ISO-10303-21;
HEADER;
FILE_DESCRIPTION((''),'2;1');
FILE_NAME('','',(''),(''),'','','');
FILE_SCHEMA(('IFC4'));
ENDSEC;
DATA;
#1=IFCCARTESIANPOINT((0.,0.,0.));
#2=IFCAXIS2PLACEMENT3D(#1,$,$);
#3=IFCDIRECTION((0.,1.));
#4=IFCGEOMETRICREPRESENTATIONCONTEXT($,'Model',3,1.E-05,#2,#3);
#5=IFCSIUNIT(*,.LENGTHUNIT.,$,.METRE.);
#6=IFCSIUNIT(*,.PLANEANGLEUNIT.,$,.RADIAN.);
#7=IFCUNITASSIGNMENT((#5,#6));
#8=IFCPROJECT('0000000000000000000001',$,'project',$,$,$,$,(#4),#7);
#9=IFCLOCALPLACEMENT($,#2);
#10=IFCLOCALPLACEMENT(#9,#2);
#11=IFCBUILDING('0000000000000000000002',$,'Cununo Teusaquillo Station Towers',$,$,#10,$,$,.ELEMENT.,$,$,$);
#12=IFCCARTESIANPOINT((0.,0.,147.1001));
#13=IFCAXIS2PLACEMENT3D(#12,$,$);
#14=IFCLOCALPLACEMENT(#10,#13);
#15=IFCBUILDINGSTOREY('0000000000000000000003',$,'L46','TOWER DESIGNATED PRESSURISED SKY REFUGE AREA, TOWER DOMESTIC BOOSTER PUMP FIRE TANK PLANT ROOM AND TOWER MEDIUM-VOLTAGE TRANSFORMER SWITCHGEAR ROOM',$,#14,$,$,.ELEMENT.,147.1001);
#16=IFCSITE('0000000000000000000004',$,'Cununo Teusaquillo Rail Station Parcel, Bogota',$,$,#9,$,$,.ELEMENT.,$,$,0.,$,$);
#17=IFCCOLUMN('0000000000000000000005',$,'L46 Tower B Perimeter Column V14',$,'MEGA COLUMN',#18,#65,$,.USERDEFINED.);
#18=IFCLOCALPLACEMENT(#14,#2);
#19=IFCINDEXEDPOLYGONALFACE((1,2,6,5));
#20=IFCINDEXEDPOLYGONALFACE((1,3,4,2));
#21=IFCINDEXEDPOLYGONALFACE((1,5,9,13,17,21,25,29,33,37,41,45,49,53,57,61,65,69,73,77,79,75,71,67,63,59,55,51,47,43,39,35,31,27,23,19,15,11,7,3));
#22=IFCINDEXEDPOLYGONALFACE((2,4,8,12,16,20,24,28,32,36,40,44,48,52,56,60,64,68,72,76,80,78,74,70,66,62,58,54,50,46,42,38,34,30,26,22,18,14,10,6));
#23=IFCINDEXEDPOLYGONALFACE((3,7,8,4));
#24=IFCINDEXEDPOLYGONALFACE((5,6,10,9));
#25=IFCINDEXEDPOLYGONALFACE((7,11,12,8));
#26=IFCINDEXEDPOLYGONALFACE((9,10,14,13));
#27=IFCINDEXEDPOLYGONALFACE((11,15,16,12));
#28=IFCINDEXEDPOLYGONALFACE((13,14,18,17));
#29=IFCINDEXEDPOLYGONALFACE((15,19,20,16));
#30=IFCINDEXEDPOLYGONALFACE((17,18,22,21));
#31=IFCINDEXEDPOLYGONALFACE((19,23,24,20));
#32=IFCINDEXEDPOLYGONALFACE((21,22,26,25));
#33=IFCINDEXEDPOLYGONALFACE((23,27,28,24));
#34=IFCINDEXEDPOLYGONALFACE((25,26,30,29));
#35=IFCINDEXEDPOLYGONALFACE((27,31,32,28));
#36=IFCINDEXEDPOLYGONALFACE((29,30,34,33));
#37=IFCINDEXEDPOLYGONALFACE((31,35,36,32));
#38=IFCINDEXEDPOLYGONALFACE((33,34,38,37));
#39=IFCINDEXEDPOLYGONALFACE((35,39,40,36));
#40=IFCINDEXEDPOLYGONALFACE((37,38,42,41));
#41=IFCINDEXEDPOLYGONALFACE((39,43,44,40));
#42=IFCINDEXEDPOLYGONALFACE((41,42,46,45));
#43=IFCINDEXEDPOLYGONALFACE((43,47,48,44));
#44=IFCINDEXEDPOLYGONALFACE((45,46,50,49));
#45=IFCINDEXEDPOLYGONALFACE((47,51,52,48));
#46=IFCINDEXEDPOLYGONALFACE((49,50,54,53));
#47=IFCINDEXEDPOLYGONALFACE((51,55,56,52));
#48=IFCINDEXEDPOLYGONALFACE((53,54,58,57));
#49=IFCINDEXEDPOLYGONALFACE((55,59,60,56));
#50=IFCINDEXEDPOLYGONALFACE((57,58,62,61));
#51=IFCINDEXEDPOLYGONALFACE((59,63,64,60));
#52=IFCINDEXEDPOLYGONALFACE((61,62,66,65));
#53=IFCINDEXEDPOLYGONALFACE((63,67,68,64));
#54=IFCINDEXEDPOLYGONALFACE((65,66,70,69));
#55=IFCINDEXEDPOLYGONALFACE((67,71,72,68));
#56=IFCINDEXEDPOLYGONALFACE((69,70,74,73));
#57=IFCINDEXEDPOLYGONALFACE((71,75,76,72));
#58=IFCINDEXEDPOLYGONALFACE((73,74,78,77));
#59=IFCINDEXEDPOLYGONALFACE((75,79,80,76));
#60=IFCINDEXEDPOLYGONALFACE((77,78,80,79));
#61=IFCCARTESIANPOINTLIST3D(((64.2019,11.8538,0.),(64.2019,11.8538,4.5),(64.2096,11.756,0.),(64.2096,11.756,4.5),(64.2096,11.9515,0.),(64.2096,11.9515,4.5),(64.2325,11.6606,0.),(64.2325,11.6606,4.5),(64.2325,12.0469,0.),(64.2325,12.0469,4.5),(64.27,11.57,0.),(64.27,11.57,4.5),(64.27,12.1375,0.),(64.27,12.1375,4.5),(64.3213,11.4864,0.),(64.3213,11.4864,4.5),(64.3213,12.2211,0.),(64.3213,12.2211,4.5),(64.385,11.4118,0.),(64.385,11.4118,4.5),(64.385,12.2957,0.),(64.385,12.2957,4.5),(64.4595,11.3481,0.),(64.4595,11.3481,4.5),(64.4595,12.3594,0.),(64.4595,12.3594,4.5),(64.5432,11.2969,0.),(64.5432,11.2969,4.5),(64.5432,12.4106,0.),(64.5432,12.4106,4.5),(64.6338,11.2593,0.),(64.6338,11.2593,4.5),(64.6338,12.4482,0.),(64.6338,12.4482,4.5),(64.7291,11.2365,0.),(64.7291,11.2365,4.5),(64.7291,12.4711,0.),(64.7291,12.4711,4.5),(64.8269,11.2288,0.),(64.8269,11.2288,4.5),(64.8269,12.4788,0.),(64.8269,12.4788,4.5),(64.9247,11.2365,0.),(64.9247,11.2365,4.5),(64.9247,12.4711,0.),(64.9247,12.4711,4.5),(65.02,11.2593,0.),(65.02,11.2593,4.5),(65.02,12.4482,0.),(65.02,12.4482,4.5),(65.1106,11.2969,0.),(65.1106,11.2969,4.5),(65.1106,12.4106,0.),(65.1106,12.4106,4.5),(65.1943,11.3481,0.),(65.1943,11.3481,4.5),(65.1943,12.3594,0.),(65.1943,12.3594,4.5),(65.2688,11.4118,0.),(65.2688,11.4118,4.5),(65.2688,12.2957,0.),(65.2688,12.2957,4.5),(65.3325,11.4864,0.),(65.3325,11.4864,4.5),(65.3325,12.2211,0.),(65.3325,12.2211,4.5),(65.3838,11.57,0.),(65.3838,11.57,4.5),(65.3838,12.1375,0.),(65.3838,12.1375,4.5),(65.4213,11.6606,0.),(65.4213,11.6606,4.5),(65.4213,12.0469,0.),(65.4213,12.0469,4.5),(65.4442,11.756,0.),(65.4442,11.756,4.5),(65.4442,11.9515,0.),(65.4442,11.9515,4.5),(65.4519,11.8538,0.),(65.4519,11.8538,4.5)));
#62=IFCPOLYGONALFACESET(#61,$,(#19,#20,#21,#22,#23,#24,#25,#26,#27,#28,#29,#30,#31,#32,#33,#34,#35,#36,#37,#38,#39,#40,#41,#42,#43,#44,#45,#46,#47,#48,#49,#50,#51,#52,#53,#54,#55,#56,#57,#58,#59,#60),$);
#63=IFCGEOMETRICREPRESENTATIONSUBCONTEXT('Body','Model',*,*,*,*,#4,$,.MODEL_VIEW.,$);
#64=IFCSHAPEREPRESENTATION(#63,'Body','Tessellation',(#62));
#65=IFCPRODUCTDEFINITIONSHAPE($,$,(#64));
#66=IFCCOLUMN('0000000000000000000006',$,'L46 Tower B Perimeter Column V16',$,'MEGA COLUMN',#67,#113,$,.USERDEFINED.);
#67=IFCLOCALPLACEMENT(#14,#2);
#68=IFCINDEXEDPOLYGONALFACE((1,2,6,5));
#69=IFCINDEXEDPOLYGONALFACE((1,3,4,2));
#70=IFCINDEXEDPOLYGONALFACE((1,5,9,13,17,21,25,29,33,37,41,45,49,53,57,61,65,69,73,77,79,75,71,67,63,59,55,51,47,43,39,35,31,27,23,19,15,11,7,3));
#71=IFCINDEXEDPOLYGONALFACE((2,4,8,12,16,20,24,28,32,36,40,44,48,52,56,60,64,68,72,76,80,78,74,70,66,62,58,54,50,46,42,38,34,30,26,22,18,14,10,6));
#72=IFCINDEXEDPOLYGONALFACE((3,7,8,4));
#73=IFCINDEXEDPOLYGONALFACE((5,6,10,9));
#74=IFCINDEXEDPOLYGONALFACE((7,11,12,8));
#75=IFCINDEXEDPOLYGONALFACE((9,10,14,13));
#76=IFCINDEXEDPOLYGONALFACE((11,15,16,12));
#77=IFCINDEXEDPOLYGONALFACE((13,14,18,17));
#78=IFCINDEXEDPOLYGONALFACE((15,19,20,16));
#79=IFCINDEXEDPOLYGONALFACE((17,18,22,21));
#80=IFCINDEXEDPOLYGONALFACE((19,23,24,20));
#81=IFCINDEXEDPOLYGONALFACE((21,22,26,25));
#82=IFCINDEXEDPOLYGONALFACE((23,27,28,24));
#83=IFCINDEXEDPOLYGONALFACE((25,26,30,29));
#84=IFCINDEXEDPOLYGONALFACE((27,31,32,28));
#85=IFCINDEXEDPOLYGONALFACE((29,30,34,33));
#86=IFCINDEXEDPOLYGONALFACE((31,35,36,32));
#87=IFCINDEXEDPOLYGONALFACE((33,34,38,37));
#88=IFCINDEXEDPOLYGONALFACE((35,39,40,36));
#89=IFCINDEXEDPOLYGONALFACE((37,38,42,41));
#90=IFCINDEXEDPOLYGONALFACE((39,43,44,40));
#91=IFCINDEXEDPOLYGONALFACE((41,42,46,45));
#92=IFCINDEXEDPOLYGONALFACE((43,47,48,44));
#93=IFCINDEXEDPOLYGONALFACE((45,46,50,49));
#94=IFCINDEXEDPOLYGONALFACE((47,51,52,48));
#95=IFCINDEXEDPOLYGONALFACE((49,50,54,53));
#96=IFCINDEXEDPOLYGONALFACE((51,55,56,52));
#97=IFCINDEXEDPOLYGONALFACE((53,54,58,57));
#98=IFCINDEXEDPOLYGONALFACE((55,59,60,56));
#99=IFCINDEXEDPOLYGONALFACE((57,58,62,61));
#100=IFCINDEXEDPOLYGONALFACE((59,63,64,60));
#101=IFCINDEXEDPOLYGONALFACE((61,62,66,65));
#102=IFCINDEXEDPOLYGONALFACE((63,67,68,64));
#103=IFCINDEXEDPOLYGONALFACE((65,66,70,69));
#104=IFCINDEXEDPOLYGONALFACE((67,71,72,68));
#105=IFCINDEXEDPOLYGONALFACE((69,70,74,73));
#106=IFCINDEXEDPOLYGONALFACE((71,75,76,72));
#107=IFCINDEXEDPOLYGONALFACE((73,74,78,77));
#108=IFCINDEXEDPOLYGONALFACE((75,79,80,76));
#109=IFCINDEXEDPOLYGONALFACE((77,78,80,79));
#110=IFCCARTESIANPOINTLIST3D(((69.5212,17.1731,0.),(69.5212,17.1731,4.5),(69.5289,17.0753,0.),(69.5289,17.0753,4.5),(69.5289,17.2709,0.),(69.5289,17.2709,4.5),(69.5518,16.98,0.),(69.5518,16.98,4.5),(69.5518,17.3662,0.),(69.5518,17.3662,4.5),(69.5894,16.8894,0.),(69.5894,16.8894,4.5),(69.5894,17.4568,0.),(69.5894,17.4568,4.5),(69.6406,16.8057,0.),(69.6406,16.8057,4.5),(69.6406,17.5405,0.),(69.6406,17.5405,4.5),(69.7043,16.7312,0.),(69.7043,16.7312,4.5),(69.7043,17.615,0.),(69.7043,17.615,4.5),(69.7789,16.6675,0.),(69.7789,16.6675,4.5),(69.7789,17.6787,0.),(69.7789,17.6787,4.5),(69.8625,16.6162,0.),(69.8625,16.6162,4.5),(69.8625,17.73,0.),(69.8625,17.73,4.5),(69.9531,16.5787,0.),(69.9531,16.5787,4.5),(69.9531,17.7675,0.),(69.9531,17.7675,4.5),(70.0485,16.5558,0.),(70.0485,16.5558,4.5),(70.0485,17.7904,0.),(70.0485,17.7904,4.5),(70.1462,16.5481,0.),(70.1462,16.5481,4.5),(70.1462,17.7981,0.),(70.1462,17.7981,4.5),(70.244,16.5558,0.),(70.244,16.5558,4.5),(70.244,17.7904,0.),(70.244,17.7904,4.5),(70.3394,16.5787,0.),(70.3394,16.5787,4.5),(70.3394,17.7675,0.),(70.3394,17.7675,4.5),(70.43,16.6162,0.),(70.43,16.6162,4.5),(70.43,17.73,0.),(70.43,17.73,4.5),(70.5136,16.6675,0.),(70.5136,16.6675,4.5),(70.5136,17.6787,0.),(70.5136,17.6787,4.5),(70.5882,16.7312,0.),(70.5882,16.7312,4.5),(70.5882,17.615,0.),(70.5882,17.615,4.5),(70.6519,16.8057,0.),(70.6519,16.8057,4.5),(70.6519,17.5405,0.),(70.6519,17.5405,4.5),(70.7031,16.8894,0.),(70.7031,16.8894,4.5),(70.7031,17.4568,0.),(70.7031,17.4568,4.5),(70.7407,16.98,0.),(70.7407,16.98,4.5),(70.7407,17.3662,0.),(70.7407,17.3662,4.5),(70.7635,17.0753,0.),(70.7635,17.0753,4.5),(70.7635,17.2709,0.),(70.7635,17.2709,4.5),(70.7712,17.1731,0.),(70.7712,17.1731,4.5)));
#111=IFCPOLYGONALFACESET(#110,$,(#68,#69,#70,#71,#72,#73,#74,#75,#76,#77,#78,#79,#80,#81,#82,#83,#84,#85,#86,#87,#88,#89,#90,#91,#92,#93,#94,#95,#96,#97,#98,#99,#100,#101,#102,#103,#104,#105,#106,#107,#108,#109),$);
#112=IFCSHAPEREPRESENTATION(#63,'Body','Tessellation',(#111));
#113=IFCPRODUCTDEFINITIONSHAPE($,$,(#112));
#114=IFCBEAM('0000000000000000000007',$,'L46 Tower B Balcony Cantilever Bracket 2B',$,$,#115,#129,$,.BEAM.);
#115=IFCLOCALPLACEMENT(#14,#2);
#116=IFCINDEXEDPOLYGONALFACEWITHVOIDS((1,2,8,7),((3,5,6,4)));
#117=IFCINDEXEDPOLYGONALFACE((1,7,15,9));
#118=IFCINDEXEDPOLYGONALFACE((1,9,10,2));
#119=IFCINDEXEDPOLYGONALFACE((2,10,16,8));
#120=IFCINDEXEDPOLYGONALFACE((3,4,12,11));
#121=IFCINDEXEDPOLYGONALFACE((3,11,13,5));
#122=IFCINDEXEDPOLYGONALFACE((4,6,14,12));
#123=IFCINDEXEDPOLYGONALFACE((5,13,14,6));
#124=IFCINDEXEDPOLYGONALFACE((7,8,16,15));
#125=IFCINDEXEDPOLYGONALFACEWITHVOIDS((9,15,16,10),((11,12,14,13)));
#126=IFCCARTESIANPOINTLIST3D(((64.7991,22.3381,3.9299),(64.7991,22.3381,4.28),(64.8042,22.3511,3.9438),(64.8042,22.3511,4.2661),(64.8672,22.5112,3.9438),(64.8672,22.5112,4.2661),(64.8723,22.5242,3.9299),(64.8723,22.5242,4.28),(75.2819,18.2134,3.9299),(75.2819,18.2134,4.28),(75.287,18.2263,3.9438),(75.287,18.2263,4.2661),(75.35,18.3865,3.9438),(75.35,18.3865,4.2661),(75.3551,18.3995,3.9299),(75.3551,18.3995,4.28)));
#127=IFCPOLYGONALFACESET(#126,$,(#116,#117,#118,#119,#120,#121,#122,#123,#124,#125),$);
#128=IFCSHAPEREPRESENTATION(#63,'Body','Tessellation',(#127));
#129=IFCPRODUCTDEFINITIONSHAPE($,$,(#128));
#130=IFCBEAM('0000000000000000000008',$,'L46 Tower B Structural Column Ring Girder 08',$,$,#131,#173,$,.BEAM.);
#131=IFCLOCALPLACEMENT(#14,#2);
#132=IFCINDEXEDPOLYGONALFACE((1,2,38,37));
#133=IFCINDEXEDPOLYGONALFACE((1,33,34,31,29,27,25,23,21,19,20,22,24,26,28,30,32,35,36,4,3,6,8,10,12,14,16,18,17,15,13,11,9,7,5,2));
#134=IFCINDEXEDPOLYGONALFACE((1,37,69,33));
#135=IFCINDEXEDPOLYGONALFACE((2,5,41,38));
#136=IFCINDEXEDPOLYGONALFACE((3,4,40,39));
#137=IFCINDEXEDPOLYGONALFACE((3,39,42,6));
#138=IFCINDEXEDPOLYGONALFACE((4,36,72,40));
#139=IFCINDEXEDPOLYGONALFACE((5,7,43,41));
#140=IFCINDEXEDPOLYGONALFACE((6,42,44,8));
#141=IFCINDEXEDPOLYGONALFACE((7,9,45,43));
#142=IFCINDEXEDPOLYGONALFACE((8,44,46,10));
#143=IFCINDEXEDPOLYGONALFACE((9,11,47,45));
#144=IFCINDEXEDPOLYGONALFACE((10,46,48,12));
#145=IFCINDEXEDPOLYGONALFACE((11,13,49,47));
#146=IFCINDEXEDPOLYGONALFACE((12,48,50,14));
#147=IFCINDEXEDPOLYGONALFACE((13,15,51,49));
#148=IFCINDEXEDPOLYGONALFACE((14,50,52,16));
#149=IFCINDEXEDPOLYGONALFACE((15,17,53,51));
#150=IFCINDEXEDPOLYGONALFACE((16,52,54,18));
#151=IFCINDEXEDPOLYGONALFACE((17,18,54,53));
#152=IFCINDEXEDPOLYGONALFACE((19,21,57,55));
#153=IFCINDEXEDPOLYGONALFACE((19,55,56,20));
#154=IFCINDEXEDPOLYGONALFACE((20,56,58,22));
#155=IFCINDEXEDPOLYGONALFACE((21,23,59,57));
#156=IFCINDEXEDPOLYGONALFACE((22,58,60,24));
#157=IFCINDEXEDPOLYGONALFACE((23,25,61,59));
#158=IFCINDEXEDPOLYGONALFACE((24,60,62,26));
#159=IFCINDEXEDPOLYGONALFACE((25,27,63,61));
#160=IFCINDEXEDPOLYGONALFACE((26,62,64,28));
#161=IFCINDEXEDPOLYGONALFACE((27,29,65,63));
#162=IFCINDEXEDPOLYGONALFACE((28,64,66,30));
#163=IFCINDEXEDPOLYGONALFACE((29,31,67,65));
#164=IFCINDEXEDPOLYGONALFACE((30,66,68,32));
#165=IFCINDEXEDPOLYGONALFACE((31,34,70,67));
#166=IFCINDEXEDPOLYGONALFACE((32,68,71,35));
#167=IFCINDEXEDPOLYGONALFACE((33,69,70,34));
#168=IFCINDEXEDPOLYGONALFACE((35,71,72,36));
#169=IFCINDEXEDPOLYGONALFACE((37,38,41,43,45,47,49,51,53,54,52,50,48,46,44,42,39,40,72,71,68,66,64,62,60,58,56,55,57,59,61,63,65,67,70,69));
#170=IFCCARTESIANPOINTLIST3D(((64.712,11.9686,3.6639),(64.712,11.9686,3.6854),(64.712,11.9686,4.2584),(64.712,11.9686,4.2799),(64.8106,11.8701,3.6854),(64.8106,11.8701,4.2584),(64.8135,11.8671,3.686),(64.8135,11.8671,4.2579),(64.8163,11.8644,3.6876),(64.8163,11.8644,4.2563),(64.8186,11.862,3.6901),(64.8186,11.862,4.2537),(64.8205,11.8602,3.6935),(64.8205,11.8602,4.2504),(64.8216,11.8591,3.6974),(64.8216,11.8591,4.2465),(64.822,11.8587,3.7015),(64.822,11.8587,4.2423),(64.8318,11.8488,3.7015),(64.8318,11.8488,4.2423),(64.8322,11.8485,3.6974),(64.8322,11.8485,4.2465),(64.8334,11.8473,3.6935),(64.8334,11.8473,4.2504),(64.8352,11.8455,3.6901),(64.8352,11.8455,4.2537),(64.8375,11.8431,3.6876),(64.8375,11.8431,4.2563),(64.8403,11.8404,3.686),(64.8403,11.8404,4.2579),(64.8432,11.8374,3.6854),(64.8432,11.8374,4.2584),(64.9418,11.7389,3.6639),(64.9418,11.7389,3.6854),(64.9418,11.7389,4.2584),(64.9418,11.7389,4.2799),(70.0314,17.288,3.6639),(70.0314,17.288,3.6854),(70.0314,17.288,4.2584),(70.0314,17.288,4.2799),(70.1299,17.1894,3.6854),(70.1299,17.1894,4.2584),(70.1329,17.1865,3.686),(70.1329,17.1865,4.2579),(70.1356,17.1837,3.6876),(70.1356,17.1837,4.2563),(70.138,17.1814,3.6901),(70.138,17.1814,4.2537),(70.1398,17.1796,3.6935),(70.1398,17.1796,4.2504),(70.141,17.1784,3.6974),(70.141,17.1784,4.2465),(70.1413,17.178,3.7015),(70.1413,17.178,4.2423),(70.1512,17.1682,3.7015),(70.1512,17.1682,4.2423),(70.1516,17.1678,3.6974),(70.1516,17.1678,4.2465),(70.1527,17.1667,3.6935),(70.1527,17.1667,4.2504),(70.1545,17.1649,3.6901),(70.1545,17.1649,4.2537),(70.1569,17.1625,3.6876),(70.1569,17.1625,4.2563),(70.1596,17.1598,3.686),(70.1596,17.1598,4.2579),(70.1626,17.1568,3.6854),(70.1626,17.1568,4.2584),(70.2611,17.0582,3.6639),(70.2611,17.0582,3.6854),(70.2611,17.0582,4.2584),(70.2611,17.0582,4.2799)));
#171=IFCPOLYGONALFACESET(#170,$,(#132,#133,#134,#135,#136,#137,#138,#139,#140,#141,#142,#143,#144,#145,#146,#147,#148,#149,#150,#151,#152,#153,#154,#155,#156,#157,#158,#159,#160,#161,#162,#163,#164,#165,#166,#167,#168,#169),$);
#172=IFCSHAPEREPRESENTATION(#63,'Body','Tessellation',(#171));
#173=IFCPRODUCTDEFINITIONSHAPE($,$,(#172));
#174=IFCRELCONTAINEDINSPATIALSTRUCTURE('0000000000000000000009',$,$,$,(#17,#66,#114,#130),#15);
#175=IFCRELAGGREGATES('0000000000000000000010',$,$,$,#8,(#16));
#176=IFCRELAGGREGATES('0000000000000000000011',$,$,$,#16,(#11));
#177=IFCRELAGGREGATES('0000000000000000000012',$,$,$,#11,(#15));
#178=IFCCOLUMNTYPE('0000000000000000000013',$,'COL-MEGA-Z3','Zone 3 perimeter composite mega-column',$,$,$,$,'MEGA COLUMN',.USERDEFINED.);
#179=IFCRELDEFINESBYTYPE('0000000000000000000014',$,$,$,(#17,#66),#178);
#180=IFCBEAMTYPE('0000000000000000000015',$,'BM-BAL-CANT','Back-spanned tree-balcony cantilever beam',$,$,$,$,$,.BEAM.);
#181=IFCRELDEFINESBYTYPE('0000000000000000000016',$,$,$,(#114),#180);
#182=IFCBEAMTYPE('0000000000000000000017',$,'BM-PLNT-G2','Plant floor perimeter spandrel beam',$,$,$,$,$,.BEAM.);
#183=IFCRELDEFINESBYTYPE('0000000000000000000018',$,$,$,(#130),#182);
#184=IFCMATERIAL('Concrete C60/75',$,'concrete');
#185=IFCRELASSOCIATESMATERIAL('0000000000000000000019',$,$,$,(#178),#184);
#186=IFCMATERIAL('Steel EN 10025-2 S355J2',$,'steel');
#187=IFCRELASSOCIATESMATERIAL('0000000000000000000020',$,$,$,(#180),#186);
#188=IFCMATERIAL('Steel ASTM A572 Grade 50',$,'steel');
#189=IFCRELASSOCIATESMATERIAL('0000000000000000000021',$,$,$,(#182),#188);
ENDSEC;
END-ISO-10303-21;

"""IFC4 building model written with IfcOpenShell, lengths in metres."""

from ifc_helpers import new_model, si_unit, direction, frame, origin, origin_2d, place, context, subcontext, project, spatial, hollow_rectangle, circle, i_section, extrude, material, material_profile, profile_set, type_object, element, save


model = new_model("IFC4")

# Units and contexts
model_context = context("Model", 3, precision=1e-05, world=origin(), true_north=direction((0.0, 1.0)))
body_context = subcontext(model_context, "Body", "Model", "MODEL_VIEW")
ifc_project = project(units=[si_unit("LENGTHUNIT", "METRE"), si_unit("PLANEANGLEUNIT", "RADIAN")], contexts=[model_context])

# Site, building, storey
site_placement = place(None, origin())
site = spatial("IfcSite", under=ifc_project, at=site_placement, Name="Cununo Teusaquillo Rail Station Parcel, Bogota", CompositionType="ELEMENT", RefElevation=0.0)
building_placement = place(site_placement, origin())
building = spatial("IfcBuilding", under=site, at=building_placement, Name="Cununo Teusaquillo Station Towers", CompositionType="ELEMENT")
storey_placement = place(building_placement, frame((0.0, 0.0, 147.1001)))
storey = spatial("IfcBuildingStorey", under=building, at=storey_placement, Name="L46", Description="TOWER DESIGNATED PRESSURISED SKY REFUGE AREA, TOWER DOMESTIC BOOSTER PUMP FIRE TANK PLANT ROOM AND TOWER MEDIUM-VOLTAGE TRANSFORMER SWITCHGEAR ROOM", CompositionType="ELEMENT", Elevation=147.1001)

# Columns
ifc_material_1 = material(Name="Concrete C60/75", Category="concrete")
ifc_material_profile_1 = material_profile(ifc_material_1, circle(Radius=0.625, at=origin_2d()), Name="RC-CIRC-1250")
ifc_profile_set_1 = profile_set([ifc_material_profile_1], Name="Concrete C60/75")
column_type = type_object("IfcColumnType", Name="COL-MEGA-Z3", Description="Zone 3 perimeter composite mega-column", ElementType="MEGA COLUMN", PredefinedType="USERDEFINED", material=ifc_profile_set_1)
for number, where, z_axis, x_axis, name in (
    (1, (64.8269, 11.8538, 0.0), (0.0, 0.0, 1.0), (1.0, 0.0, 0.0), "L46 Tower B Perimeter Column V14"),
    (2, (70.1462, 17.1731, 0.0), (0.0, 0.0, 1.0), (1.0, 0.0, 0.0), "L46 Tower B Perimeter Column V16"),
):
    element("IfcColumn", number, at=place(storey_placement, frame(where, z_axis=z_axis, x_axis=x_axis)), inside=storey, type_object=column_type, Name=name, ObjectType="MEGA COLUMN", PredefinedType="USERDEFINED", context=body_context, shape_type="SweptSolid", body=[
        extrude(circle(Radius=0.625, at=origin_2d()), origin(), (0.0, 0.0, 1.0), 4.5),
    ])

# Beams
ifc_material_2 = material(Name="Steel EN 10025-2 S355J2", Category="steel")
ifc_material_profile_2 = material_profile(ifc_material_2, hollow_rectangle(XDim=0.2, YDim=0.3501, WallThickness=0.0139, at=origin_2d()), Name="RHS 350x200x14")
ifc_profile_set_2 = profile_set([ifc_material_profile_2], Name="Steel EN 10025-2 S355J2")
beam_type_1 = type_object("IfcBeamType", Name="BM-BAL-CANT", Description="Back-spanned tree-balcony cantilever beam", PredefinedType="BEAM", material=ifc_profile_set_2)
beam_1_placement = place(storey_placement, frame((64.8357, 22.4312, 4.105), z_axis=(0.930556, -0.36615, 0.0), x_axis=(0.36615, 0.930556, 0.0)))
element("IfcBeam", 3, at=beam_1_placement, inside=storey, type_object=beam_type_1, Name="L46 Tower B Balcony Cantilever Bracket 2B", PredefinedType="BEAM", context=body_context, shape_type="SweptSolid", body=[
    extrude(hollow_rectangle(XDim=0.2, YDim=0.3501, WallThickness=0.0139, at=origin_2d()), origin(), (0.0, 0.0, 1.0), 11.2651),
])
ifc_material_3 = material(Name="Steel ASTM A572 Grade 50", Category="steel")
ifc_material_profile_3 = material_profile(ifc_material_3, i_section(OverallWidth=0.325, OverallDepth=0.616, WebThickness=0.0139, FlangeThickness=0.0215, FilletRadius=0.0161, at=origin_2d()), Name="W24X117")
ifc_profile_set_3 = profile_set([ifc_material_profile_3], Name="Steel ASTM A572 Grade 50")
beam_type_2 = type_object("IfcBeamType", Name="BM-PLNT-G2", Description="Plant floor perimeter spandrel beam", PredefinedType="BEAM", material=ifc_profile_set_3)
beam_2_placement = place(storey_placement, frame((64.8269, 11.8538, 3.9719), z_axis=(0.707107, 0.707107, 0.0), x_axis=(-0.707107, 0.707107, 0.0)))
element("IfcBeam", 4, at=beam_2_placement, inside=storey, type_object=beam_type_2, Name="L46 Tower B Structural Column Ring Girder 08", PredefinedType="BEAM", context=body_context, shape_type="SweptSolid", body=[
    extrude(i_section(OverallWidth=0.325, OverallDepth=0.616, WebThickness=0.0139, FlangeThickness=0.0215, FilletRadius=0.0161, at=origin_2d()), origin(), (0.0, 0.0, 1.0), 7.5227),
])

save(model, "model.ifc")
